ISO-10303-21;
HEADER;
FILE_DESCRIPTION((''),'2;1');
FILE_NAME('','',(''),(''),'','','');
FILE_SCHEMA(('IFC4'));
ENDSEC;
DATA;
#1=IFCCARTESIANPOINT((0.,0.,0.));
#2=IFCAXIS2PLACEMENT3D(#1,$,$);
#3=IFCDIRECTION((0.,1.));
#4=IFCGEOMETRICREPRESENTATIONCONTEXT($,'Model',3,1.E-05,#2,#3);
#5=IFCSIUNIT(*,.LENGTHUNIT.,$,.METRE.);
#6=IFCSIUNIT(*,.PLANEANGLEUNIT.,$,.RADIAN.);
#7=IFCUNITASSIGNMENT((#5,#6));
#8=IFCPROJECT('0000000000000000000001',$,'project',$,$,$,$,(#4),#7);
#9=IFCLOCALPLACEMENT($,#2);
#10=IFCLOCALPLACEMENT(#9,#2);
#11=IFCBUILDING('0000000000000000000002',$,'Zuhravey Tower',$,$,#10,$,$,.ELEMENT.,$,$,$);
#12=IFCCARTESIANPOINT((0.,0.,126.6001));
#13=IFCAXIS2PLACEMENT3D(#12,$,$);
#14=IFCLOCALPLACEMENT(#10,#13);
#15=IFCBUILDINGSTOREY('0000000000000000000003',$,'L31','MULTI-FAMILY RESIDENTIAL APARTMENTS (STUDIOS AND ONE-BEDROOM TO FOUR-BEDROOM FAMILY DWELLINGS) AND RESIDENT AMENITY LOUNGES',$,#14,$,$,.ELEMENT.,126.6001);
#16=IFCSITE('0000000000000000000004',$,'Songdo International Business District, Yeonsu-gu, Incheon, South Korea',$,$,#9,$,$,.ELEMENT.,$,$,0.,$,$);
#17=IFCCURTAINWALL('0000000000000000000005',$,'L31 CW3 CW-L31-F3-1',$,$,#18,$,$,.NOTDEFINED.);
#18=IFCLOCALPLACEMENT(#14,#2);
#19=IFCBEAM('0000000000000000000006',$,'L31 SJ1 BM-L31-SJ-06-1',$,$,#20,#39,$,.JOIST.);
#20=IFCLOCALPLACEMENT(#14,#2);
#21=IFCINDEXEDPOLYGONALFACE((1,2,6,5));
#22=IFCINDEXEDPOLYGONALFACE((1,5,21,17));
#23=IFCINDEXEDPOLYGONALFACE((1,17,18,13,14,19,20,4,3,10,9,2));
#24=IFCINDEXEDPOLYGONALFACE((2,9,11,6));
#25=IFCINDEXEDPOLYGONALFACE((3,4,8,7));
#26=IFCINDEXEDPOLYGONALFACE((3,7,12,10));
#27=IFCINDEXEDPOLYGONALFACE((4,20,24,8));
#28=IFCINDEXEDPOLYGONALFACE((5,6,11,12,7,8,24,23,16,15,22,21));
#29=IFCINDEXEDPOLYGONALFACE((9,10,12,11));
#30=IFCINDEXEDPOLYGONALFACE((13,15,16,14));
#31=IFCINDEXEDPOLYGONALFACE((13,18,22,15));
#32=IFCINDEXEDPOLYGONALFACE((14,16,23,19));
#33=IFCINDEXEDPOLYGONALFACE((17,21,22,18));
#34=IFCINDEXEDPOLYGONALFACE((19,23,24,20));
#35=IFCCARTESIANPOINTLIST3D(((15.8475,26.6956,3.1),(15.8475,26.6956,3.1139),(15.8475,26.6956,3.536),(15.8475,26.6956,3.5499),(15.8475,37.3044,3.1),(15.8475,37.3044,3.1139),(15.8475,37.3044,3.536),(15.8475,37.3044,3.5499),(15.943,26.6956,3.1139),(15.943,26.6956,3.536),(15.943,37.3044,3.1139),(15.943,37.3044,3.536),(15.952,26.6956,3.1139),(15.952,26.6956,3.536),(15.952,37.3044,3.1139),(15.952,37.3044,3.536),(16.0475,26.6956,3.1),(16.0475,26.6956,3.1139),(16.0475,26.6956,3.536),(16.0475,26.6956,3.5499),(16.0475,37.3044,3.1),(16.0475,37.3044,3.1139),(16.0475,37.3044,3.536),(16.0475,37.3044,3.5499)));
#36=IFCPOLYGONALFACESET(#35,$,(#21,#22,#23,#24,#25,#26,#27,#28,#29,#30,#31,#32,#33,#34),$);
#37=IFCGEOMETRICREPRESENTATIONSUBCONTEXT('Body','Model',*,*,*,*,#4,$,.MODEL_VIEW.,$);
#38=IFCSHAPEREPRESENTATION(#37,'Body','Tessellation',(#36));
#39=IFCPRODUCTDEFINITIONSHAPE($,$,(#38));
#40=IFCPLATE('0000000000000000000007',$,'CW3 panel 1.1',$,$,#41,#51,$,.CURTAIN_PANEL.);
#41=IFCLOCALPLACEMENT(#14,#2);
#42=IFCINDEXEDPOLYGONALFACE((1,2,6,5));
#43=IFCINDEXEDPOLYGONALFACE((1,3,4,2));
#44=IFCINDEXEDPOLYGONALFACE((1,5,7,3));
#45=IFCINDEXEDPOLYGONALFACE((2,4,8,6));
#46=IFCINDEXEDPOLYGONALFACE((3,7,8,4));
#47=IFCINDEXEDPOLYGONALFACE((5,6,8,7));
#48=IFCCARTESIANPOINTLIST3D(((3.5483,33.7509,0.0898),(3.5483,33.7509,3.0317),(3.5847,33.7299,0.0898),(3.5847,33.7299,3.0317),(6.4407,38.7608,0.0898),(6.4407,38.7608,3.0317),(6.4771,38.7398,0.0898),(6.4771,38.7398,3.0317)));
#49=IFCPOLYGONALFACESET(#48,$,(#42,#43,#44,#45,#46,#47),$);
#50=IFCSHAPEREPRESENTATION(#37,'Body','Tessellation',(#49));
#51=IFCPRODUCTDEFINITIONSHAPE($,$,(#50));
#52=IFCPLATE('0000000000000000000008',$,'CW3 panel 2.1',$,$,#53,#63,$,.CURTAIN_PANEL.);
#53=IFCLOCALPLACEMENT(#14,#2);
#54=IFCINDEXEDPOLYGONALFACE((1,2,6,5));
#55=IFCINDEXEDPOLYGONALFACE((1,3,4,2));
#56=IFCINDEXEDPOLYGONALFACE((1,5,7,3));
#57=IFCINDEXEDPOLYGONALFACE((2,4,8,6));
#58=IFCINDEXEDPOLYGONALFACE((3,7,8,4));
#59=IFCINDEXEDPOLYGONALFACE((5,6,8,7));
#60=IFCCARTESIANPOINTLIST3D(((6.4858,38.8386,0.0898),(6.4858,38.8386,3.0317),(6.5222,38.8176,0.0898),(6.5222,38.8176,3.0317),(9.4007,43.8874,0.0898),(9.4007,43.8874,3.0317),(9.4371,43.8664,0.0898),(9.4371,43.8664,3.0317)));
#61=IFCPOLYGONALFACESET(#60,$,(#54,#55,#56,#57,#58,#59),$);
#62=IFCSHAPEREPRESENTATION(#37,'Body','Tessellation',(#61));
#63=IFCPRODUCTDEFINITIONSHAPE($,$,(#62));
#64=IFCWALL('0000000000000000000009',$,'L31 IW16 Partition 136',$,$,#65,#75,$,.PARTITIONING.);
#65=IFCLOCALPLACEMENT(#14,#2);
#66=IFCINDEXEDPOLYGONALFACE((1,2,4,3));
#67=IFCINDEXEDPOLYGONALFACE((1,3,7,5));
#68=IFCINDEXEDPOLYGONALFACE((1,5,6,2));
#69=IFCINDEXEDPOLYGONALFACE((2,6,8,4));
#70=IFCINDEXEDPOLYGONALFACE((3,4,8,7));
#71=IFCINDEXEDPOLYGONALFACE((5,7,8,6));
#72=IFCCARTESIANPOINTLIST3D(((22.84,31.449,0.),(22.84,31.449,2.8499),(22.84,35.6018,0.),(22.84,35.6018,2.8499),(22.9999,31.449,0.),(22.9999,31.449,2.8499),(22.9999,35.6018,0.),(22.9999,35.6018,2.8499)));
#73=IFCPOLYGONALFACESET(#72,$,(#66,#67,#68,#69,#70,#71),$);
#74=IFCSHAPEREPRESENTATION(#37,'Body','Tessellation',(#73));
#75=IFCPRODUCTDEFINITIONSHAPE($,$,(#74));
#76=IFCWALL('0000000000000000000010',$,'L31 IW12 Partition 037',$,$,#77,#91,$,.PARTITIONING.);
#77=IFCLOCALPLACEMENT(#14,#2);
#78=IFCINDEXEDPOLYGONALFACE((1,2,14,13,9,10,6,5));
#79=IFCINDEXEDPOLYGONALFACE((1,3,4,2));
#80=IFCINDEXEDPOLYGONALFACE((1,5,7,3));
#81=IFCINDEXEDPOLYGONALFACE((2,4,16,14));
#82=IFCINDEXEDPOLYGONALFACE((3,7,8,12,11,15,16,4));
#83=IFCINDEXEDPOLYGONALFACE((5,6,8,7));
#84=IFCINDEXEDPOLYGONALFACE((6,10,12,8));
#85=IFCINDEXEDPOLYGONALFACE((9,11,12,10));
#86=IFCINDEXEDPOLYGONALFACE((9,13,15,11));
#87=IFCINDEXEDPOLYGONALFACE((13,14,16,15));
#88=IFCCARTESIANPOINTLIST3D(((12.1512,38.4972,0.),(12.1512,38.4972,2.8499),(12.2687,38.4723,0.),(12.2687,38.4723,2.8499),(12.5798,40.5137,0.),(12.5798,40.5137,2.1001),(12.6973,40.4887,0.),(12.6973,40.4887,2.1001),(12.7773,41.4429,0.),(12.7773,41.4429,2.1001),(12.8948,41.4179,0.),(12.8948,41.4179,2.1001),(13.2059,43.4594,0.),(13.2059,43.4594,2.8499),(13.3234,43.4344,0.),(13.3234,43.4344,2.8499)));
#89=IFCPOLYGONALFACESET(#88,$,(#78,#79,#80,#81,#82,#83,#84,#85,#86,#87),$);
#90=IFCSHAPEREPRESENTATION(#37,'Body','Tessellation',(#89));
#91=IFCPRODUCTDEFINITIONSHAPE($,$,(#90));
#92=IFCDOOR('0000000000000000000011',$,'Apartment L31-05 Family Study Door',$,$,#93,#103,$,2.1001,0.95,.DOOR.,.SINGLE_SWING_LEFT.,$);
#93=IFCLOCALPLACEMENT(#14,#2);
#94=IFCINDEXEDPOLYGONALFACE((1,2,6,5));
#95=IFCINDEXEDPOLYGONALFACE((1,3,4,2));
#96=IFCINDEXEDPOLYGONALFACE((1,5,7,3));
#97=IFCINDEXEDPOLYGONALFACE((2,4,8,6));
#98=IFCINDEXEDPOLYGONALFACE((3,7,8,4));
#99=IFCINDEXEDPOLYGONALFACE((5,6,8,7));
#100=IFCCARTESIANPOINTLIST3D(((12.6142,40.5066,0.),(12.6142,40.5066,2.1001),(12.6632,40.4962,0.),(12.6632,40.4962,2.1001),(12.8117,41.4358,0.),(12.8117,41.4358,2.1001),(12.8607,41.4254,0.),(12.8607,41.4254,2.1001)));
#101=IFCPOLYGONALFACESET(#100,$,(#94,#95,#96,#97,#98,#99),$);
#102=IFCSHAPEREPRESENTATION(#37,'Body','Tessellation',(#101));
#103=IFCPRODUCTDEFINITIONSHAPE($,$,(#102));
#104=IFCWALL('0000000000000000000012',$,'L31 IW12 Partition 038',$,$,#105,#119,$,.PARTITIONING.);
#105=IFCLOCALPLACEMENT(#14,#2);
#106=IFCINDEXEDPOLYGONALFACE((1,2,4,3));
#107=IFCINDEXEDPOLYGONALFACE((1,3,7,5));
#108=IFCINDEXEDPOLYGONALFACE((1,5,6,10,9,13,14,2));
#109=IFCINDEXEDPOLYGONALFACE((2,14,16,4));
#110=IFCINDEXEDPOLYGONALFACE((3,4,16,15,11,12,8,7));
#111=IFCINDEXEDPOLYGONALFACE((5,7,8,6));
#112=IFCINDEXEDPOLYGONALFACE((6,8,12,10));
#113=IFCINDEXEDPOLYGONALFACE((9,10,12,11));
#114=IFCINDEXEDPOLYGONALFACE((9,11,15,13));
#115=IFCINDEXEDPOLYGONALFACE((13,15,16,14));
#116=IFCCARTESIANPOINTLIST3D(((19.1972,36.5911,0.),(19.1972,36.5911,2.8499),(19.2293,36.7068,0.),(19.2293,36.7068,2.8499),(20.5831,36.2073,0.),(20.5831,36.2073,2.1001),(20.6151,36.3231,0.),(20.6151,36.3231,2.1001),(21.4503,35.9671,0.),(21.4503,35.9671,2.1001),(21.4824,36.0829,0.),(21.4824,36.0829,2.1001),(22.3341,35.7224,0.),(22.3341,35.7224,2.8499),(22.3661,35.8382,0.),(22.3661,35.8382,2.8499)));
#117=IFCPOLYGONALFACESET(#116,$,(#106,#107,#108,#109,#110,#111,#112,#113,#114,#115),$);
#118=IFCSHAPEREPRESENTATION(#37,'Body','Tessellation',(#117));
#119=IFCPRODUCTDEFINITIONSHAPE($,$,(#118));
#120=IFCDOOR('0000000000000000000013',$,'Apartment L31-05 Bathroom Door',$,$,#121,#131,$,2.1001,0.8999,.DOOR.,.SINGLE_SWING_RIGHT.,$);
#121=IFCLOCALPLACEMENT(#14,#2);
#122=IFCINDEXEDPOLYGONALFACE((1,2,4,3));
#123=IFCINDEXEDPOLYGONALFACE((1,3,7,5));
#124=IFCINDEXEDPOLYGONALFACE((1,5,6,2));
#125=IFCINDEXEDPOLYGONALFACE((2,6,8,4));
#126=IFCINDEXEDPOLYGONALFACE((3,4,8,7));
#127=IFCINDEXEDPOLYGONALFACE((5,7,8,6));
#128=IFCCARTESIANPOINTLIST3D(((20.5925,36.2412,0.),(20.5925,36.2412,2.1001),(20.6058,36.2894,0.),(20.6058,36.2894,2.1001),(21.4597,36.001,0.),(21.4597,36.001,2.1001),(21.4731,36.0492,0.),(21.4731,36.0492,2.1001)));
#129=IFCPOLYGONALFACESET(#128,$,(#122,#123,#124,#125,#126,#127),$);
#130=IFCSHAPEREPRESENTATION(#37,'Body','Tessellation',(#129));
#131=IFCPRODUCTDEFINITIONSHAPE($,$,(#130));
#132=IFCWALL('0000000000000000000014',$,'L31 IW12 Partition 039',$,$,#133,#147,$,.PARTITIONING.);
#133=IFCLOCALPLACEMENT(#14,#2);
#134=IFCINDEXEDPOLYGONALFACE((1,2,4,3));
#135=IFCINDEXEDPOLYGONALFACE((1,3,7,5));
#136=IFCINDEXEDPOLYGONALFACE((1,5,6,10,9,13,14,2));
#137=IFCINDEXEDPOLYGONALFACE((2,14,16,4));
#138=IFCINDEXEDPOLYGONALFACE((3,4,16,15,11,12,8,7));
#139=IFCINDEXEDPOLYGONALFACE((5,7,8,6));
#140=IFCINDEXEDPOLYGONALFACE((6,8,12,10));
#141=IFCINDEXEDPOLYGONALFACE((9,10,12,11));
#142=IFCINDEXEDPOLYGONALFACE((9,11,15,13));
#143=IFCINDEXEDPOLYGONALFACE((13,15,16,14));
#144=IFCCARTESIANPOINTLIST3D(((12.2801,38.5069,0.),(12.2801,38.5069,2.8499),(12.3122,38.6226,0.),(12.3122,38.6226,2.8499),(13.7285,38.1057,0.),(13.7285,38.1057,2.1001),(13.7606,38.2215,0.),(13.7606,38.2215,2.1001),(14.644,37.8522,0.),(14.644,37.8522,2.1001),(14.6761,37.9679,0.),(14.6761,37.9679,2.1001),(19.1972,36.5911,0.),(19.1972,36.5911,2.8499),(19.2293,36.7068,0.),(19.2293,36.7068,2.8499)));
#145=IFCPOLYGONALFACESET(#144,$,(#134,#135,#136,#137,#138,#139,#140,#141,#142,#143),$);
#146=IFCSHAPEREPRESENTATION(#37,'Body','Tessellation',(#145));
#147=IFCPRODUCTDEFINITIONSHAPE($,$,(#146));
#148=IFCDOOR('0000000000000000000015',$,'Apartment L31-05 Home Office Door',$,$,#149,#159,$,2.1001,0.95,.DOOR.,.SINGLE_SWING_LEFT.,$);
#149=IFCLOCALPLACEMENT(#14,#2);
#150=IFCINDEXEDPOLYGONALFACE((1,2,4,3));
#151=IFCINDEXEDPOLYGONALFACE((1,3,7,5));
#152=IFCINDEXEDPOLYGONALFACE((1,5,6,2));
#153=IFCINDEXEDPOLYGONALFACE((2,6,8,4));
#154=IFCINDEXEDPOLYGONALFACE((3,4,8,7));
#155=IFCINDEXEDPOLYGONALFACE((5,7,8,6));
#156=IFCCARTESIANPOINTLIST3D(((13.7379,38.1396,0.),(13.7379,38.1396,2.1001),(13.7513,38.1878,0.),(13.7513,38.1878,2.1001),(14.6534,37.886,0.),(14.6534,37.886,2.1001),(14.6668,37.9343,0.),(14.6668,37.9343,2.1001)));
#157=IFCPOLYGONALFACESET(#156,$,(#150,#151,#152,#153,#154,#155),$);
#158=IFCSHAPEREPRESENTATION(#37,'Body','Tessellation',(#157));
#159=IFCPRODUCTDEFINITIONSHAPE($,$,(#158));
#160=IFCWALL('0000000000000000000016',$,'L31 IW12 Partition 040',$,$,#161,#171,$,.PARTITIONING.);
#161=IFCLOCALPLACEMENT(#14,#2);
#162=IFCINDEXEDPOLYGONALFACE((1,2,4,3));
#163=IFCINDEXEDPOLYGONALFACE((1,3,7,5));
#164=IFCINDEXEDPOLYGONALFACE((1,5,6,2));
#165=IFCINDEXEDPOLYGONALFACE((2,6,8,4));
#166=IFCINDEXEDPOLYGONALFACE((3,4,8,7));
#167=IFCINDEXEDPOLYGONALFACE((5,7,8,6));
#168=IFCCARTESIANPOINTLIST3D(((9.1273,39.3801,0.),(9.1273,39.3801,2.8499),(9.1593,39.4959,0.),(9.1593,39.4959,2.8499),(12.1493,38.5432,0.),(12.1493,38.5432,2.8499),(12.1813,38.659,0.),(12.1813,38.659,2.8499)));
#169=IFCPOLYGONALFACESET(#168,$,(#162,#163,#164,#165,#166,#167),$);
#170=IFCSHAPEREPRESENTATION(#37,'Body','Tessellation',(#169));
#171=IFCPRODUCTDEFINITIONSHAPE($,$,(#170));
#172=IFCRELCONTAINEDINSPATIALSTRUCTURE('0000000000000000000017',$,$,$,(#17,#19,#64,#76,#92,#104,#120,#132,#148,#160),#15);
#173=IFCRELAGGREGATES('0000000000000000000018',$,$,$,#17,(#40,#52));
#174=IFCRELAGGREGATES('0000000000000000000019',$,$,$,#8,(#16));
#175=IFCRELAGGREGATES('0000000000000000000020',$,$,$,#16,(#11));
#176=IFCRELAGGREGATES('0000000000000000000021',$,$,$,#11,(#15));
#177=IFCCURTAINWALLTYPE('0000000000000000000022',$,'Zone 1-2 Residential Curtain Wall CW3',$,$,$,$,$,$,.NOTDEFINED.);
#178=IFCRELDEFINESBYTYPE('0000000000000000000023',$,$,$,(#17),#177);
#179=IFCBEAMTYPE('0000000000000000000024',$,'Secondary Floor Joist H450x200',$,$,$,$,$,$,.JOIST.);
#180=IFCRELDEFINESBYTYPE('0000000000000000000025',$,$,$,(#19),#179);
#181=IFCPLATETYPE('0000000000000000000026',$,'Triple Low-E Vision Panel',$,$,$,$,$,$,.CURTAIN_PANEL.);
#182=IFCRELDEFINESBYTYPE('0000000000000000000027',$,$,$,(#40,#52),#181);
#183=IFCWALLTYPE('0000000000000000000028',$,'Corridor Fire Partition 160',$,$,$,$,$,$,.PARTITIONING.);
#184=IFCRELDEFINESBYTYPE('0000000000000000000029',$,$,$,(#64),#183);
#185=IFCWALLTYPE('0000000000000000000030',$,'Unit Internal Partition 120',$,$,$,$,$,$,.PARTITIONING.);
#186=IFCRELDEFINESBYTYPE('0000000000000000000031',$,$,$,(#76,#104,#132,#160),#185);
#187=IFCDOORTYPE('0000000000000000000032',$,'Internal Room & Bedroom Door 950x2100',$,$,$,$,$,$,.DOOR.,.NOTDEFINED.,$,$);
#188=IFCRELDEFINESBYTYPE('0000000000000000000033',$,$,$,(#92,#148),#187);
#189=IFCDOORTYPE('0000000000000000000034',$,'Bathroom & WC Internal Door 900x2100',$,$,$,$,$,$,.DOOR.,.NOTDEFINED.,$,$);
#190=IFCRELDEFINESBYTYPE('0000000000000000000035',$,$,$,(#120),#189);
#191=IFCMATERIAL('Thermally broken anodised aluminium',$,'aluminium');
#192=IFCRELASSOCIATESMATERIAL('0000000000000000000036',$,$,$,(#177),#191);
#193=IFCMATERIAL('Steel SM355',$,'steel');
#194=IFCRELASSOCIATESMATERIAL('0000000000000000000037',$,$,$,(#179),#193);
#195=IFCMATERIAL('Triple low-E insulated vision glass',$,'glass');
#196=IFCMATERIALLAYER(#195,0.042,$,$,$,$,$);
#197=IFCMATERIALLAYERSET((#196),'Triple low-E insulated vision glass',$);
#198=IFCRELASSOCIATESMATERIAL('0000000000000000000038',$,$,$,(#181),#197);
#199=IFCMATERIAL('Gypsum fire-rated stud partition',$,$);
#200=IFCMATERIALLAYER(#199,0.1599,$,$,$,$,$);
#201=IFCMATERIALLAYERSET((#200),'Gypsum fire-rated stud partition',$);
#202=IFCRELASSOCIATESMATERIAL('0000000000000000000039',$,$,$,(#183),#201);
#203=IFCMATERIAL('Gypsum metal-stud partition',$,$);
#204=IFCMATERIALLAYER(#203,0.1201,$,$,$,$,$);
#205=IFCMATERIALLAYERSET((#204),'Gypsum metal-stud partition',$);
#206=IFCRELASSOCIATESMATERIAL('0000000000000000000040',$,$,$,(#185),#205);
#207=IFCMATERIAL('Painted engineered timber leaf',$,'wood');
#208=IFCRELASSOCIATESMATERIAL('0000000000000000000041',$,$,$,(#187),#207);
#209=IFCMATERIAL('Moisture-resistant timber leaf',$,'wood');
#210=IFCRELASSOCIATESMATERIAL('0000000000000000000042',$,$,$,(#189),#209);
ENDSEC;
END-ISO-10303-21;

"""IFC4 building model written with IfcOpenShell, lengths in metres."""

from ifc_helpers import new_model, si_unit, direction, frame, frame_2d, origin, origin_2d, place, context, subcontext, project, spatial, rectangle, i_section, extrude, material, layer, layer_set, material_profile, profile_set, type_object, element, fill, aggregate, save


model = new_model("IFC4")

# Units and contexts
model_context = context("Model", 3, precision=1e-05, world=origin(), true_north=direction((0.0, 1.0)))
body_context = subcontext(model_context, "Body", "Model", "MODEL_VIEW")
ifc_project = project(units=[si_unit("LENGTHUNIT", "METRE"), si_unit("PLANEANGLEUNIT", "RADIAN")], contexts=[model_context])

# Site, building, storey
site_placement = place(None, origin())
site = spatial("IfcSite", under=ifc_project, at=site_placement, Name="Songdo International Business District, Yeonsu-gu, Incheon, South Korea", CompositionType="ELEMENT", RefElevation=0.0)
building_placement = place(site_placement, origin())
building = spatial("IfcBuilding", under=site, at=building_placement, Name="Zuhravey Tower", CompositionType="ELEMENT")
storey_placement = place(building_placement, frame((0.0, 0.0, 126.6001)))
storey = spatial("IfcBuildingStorey", under=building, at=storey_placement, Name="L31", Description="MULTI-FAMILY RESIDENTIAL APARTMENTS (STUDIOS AND ONE-BEDROOM TO FOUR-BEDROOM FAMILY DWELLINGS) AND RESIDENT AMENITY LOUNGES", CompositionType="ELEMENT", Elevation=126.6001)

# Curtain wall
ifc_material_1 = material(Name="Thermally broken anodised aluminium", Category="aluminium")
curtain_wall_type = type_object("IfcCurtainWallType", Name="Zone 1-2 Residential Curtain Wall CW3", PredefinedType="NOTDEFINED", material=ifc_material_1)
curtain_wall_placement = place(storey_placement, origin())
curtain_wall = element("IfcCurtainWall", 1, at=curtain_wall_placement, inside=storey, type_object=curtain_wall_type, Name="L31 CW3 CW-L31-F3-1", PredefinedType="NOTDEFINED")

# Beam
ifc_material_2 = material(Name="Steel SM355", Category="steel")
ifc_material_profile_1 = material_profile(ifc_material_2, i_section(OverallWidth=0.2, OverallDepth=0.45, WebThickness=0.009, FlangeThickness=0.0139, at=origin_2d()), Name="H-450x200x9x14")
ifc_profile_set_1 = profile_set([ifc_material_profile_1], Name="Steel SM355")
beam_type_1 = type_object("IfcBeamType", Name="Secondary Floor Joist H450x200", PredefinedType="JOIST", material=ifc_profile_set_1)
beam_1_placement = place(storey_placement, frame((15.9475, 37.3044, 3.325), z_axis=(0.0, -1.0, 0.0), x_axis=(1.0, 0.0, 0.0)))
element("IfcBeam", 2, at=beam_1_placement, inside=storey, type_object=beam_type_1, Name="L31 SJ1 BM-L31-SJ-06-1", PredefinedType="JOIST", context=body_context, shape_type="SweptSolid", body=[
    extrude(i_section(OverallWidth=0.2, OverallDepth=0.45, WebThickness=0.009, FlangeThickness=0.0139, at=origin_2d()), origin(), (0.0, 0.0, 1.0), 10.6089),
])

# Plates
ifc_material_3 = material(Name="Triple low-E insulated vision glass", Category="glass")
ifc_layer_1 = layer(ifc_material_3, 0.042)
ifc_layer_set_1 = layer_set([ifc_layer_1], Name="Triple low-E insulated vision glass")
plate_type = type_object("IfcPlateType", Name="Triple Low-E Vision Panel", PredefinedType="CURTAIN_PANEL", material=ifc_layer_set_1)
plate_1_placement = place(storey_placement, frame((5.0127, 36.2454, 0.0898), z_axis=(0.0, 0.0, 1.0), x_axis=(0.5, 0.866026, 0.0)))
plate_1 = element("IfcPlate", 3, at=plate_1_placement, type_object=plate_type, Name="CW3 panel 1.1", PredefinedType="CURTAIN_PANEL", context=body_context, shape_type="SweptSolid", body=[
    extrude(rectangle(XDim=5.7849, YDim=0.042, at=origin_2d()), origin(), (0.0, 0.0, 1.0), 2.9419),
])
plate_2_placement = place(storey_placement, frame((7.9614, 41.3525, 0.0898), z_axis=(0.0, 0.0, 1.0), x_axis=(0.5, 0.866026, 0.0)))
plate_2 = element("IfcPlate", 4, at=plate_2_placement, type_object=plate_type, Name="CW3 panel 2.1", PredefinedType="CURTAIN_PANEL", context=body_context, shape_type="SweptSolid", body=[
    extrude(rectangle(XDim=5.8298, YDim=0.042, at=origin_2d()), origin(), (0.0, 0.0, 1.0), 2.9419),
])
aggregate(curtain_wall, [plate_1, plate_2])

# Shared definitions
ifc_material_4 = material(Name="Gypsum fire-rated stud partition")
ifc_layer_2 = layer(ifc_material_4, 0.1599)
ifc_layer_set_2 = layer_set([ifc_layer_2], Name="Gypsum fire-rated stud partition")
wall_type_1 = type_object("IfcWallType", Name="Corridor Fire Partition 160", PredefinedType="PARTITIONING", material=ifc_layer_set_2)

# Wall
wall_1_placement = place(storey_placement, frame((22.9199, 35.6018, 0.0), z_axis=(0.0, 0.0, 1.0), x_axis=(0.0, -1.0, 0.0)))
element("IfcWall", 5, at=wall_1_placement, inside=storey, type_object=wall_type_1, Name="L31 IW16 Partition 136", PredefinedType="PARTITIONING", context=body_context, shape_type="SweptSolid", body=[
    extrude(rectangle(XDim=4.1528, YDim=0.1599, at=frame_2d((2.0764, 0.0))), origin(), (0.0, 0.0, 1.0), 2.8499),
])

# Walls, openings, doors
ifc_material_5 = material(Name="Gypsum metal-stud partition")
ifc_layer_3 = layer(ifc_material_5, 0.1201)
ifc_layer_set_3 = layer_set([ifc_layer_3], Name="Gypsum metal-stud partition")
wall_type_2 = type_object("IfcWallType", Name="Unit Internal Partition 120", PredefinedType="PARTITIONING", material=ifc_layer_set_3)
wall_2_placement = place(storey_placement, frame((13.2646, 43.447, 0.0), z_axis=(0.0, 0.0, 1.0), x_axis=(-0.207902, -0.97815, 0.0)))
wall_2 = element("IfcWall", 6, at=wall_2_placement, inside=storey, type_object=wall_type_2, Name="L31 IW12 Partition 037", PredefinedType="PARTITIONING", context=body_context, shape_type="SweptSolid", body=[
    extrude(rectangle(XDim=5.073, YDim=0.1201, at=frame_2d((2.5366, 0.0))), origin(), (0.0, 0.0, 1.0), 2.8499),
])
opening_1_placement = place(wall_2_placement, frame((2.0615, 0.0, 0.0)))
opening_1 = element("IfcOpeningElement", 7, at=opening_1_placement, cuts=wall_2, PredefinedType="OPENING", context=body_context, shape_type="SweptSolid", body=[
    extrude(rectangle(XDim=0.95, YDim=2.1001, at=frame_2d((0.4751, 1.05))), frame((0.0, 0.072, 0.0), z_axis=(0.0, -1.0, 0.0), x_axis=(1.0, 0.0, 0.0)), (0.0, 0.0, 1.0), 0.144),
])
ifc_material_6 = material(Name="Painted engineered timber leaf", Category="wood")
door_type_1 = type_object("IfcDoorType", Name="Internal Room & Bedroom Door 950x2100", OperationType="NOTDEFINED", PredefinedType="DOOR", material=ifc_material_6)
door_1_placement = place(opening_1_placement, frame((0.95, 0.0, 0.0), z_axis=(0.0, 0.0, 1.0), x_axis=(-1.0, 0.0, 0.0)))
door_1 = element("IfcDoor", 8, at=door_1_placement, inside=storey, type_object=door_type_1, Name="Apartment L31-05 Family Study Door", OperationType="SINGLE_SWING_LEFT", OverallHeight=2.1001, OverallWidth=0.95, PredefinedType="DOOR", context=body_context, shape_type="SweptSolid", body=[
    extrude(rectangle(XDim=0.95, YDim=2.1001, at=frame_2d((0.4751, 1.05))), frame((0.0, 0.0249, 0.0), z_axis=(0.0, -1.0, 0.0), x_axis=(1.0, 0.0, 0.0)), (0.0, 0.0, 1.0), 0.05),
])
fill(opening_1, door_1)
wall_3_placement = place(storey_placement, frame((22.3501, 35.7803, 0.0), z_axis=(0.0, 0.0, 1.0), x_axis=(-0.963728, 0.266886, 0.0)))
wall_3 = element("IfcWall", 9, at=wall_3_placement, inside=storey, type_object=wall_type_2, Name="L31 IW12 Partition 038", PredefinedType="PARTITIONING", context=body_context, shape_type="SweptSolid", body=[
    extrude(rectangle(XDim=3.2549, YDim=0.1201, at=frame_2d((1.6274, 0.0))), origin(), (0.0, 0.0, 1.0), 2.8499),
])
opening_2_placement = place(wall_3_placement, frame((0.917, 0.0, 0.0)))
opening_2 = element("IfcOpeningElement", 10, at=opening_2_placement, cuts=wall_3, PredefinedType="OPENING", context=body_context, shape_type="SweptSolid", body=[
    extrude(rectangle(XDim=0.8999, YDim=2.1001, at=frame_2d((0.45, 1.05))), frame((0.0, 0.072, 0.0), z_axis=(0.0, -1.0, 0.0), x_axis=(1.0, 0.0, 0.0)), (0.0, 0.0, 1.0), 0.144),
])
ifc_material_7 = material(Name="Moisture-resistant timber leaf", Category="wood")
door_type_2 = type_object("IfcDoorType", Name="Bathroom & WC Internal Door 900x2100", OperationType="NOTDEFINED", PredefinedType="DOOR", material=ifc_material_7)
door_2_placement = place(opening_2_placement, origin())
door_2 = element("IfcDoor", 11, at=door_2_placement, inside=storey, type_object=door_type_2, Name="Apartment L31-05 Bathroom Door", OperationType="SINGLE_SWING_RIGHT", OverallHeight=2.1001, OverallWidth=0.8999, PredefinedType="DOOR", context=body_context, shape_type="SweptSolid", body=[
    extrude(rectangle(XDim=0.8999, YDim=2.1001, at=frame_2d((0.45, 1.05))), frame((0.0, 0.0249, 0.0), z_axis=(0.0, -1.0, 0.0), x_axis=(1.0, 0.0, 0.0)), (0.0, 0.0, 1.0), 0.05),
])
fill(opening_2, door_2)
wall_4_placement = place(storey_placement, frame((19.2134, 36.6489, 0.0), z_axis=(0.0, 0.0, 1.0), x_axis=(-0.963719, 0.266917, 0.0)))
wall_4 = element("IfcWall", 12, at=wall_4_placement, inside=storey, type_object=wall_type_2, Name="L31 IW12 Partition 039", PredefinedType="PARTITIONING", context=body_context, shape_type="SweptSolid", body=[
    extrude(rectangle(XDim=7.1775, YDim=0.1201, at=frame_2d((3.5889, 0.0))), origin(), (0.0, 0.0, 1.0), 2.8499),
])
opening_3_placement = place(wall_4_placement, frame((4.7246, 0.0, 0.0)))
opening_3 = element("IfcOpeningElement", 13, at=opening_3_placement, cuts=wall_4, PredefinedType="OPENING", context=body_context, shape_type="SweptSolid", body=[
    extrude(rectangle(XDim=0.95, YDim=2.1001, at=frame_2d((0.4751, 1.05))), frame((0.0, 0.072, 0.0), z_axis=(0.0, -1.0, 0.0), x_axis=(1.0, 0.0, 0.0)), (0.0, 0.0, 1.0), 0.144),
])
door_3_placement = place(opening_3_placement, origin())
door_3 = element("IfcDoor", 14, at=door_3_placement, inside=storey, type_object=door_type_1, Name="Apartment L31-05 Home Office Door", OperationType="SINGLE_SWING_LEFT", OverallHeight=2.1001, OverallWidth=0.95, PredefinedType="DOOR", context=body_context, shape_type="SweptSolid", body=[
    extrude(rectangle(XDim=0.95, YDim=2.1001, at=frame_2d((0.4751, 1.05))), frame((0.0, 0.0249, 0.0), z_axis=(0.0, -1.0, 0.0), x_axis=(1.0, 0.0, 0.0)), (0.0, 0.0, 1.0), 0.05),
])
fill(opening_3, door_3)

# Wall
wall_5_placement = place(storey_placement, frame((12.1653, 38.6011, 0.0), z_axis=(0.0, 0.0, 1.0), x_axis=(-0.963725, 0.266897, 0.0)))
element("IfcWall", 15, at=wall_5_placement, inside=storey, type_object=wall_type_2, Name="L31 IW12 Partition 040", PredefinedType="PARTITIONING", context=body_context, shape_type="SweptSolid", body=[
    extrude(rectangle(XDim=3.1357, YDim=0.1201, at=frame_2d((1.5679, 0.0))), origin(), (0.0, 0.0, 1.0), 2.8499),
])

save(model, "model.ifc")
